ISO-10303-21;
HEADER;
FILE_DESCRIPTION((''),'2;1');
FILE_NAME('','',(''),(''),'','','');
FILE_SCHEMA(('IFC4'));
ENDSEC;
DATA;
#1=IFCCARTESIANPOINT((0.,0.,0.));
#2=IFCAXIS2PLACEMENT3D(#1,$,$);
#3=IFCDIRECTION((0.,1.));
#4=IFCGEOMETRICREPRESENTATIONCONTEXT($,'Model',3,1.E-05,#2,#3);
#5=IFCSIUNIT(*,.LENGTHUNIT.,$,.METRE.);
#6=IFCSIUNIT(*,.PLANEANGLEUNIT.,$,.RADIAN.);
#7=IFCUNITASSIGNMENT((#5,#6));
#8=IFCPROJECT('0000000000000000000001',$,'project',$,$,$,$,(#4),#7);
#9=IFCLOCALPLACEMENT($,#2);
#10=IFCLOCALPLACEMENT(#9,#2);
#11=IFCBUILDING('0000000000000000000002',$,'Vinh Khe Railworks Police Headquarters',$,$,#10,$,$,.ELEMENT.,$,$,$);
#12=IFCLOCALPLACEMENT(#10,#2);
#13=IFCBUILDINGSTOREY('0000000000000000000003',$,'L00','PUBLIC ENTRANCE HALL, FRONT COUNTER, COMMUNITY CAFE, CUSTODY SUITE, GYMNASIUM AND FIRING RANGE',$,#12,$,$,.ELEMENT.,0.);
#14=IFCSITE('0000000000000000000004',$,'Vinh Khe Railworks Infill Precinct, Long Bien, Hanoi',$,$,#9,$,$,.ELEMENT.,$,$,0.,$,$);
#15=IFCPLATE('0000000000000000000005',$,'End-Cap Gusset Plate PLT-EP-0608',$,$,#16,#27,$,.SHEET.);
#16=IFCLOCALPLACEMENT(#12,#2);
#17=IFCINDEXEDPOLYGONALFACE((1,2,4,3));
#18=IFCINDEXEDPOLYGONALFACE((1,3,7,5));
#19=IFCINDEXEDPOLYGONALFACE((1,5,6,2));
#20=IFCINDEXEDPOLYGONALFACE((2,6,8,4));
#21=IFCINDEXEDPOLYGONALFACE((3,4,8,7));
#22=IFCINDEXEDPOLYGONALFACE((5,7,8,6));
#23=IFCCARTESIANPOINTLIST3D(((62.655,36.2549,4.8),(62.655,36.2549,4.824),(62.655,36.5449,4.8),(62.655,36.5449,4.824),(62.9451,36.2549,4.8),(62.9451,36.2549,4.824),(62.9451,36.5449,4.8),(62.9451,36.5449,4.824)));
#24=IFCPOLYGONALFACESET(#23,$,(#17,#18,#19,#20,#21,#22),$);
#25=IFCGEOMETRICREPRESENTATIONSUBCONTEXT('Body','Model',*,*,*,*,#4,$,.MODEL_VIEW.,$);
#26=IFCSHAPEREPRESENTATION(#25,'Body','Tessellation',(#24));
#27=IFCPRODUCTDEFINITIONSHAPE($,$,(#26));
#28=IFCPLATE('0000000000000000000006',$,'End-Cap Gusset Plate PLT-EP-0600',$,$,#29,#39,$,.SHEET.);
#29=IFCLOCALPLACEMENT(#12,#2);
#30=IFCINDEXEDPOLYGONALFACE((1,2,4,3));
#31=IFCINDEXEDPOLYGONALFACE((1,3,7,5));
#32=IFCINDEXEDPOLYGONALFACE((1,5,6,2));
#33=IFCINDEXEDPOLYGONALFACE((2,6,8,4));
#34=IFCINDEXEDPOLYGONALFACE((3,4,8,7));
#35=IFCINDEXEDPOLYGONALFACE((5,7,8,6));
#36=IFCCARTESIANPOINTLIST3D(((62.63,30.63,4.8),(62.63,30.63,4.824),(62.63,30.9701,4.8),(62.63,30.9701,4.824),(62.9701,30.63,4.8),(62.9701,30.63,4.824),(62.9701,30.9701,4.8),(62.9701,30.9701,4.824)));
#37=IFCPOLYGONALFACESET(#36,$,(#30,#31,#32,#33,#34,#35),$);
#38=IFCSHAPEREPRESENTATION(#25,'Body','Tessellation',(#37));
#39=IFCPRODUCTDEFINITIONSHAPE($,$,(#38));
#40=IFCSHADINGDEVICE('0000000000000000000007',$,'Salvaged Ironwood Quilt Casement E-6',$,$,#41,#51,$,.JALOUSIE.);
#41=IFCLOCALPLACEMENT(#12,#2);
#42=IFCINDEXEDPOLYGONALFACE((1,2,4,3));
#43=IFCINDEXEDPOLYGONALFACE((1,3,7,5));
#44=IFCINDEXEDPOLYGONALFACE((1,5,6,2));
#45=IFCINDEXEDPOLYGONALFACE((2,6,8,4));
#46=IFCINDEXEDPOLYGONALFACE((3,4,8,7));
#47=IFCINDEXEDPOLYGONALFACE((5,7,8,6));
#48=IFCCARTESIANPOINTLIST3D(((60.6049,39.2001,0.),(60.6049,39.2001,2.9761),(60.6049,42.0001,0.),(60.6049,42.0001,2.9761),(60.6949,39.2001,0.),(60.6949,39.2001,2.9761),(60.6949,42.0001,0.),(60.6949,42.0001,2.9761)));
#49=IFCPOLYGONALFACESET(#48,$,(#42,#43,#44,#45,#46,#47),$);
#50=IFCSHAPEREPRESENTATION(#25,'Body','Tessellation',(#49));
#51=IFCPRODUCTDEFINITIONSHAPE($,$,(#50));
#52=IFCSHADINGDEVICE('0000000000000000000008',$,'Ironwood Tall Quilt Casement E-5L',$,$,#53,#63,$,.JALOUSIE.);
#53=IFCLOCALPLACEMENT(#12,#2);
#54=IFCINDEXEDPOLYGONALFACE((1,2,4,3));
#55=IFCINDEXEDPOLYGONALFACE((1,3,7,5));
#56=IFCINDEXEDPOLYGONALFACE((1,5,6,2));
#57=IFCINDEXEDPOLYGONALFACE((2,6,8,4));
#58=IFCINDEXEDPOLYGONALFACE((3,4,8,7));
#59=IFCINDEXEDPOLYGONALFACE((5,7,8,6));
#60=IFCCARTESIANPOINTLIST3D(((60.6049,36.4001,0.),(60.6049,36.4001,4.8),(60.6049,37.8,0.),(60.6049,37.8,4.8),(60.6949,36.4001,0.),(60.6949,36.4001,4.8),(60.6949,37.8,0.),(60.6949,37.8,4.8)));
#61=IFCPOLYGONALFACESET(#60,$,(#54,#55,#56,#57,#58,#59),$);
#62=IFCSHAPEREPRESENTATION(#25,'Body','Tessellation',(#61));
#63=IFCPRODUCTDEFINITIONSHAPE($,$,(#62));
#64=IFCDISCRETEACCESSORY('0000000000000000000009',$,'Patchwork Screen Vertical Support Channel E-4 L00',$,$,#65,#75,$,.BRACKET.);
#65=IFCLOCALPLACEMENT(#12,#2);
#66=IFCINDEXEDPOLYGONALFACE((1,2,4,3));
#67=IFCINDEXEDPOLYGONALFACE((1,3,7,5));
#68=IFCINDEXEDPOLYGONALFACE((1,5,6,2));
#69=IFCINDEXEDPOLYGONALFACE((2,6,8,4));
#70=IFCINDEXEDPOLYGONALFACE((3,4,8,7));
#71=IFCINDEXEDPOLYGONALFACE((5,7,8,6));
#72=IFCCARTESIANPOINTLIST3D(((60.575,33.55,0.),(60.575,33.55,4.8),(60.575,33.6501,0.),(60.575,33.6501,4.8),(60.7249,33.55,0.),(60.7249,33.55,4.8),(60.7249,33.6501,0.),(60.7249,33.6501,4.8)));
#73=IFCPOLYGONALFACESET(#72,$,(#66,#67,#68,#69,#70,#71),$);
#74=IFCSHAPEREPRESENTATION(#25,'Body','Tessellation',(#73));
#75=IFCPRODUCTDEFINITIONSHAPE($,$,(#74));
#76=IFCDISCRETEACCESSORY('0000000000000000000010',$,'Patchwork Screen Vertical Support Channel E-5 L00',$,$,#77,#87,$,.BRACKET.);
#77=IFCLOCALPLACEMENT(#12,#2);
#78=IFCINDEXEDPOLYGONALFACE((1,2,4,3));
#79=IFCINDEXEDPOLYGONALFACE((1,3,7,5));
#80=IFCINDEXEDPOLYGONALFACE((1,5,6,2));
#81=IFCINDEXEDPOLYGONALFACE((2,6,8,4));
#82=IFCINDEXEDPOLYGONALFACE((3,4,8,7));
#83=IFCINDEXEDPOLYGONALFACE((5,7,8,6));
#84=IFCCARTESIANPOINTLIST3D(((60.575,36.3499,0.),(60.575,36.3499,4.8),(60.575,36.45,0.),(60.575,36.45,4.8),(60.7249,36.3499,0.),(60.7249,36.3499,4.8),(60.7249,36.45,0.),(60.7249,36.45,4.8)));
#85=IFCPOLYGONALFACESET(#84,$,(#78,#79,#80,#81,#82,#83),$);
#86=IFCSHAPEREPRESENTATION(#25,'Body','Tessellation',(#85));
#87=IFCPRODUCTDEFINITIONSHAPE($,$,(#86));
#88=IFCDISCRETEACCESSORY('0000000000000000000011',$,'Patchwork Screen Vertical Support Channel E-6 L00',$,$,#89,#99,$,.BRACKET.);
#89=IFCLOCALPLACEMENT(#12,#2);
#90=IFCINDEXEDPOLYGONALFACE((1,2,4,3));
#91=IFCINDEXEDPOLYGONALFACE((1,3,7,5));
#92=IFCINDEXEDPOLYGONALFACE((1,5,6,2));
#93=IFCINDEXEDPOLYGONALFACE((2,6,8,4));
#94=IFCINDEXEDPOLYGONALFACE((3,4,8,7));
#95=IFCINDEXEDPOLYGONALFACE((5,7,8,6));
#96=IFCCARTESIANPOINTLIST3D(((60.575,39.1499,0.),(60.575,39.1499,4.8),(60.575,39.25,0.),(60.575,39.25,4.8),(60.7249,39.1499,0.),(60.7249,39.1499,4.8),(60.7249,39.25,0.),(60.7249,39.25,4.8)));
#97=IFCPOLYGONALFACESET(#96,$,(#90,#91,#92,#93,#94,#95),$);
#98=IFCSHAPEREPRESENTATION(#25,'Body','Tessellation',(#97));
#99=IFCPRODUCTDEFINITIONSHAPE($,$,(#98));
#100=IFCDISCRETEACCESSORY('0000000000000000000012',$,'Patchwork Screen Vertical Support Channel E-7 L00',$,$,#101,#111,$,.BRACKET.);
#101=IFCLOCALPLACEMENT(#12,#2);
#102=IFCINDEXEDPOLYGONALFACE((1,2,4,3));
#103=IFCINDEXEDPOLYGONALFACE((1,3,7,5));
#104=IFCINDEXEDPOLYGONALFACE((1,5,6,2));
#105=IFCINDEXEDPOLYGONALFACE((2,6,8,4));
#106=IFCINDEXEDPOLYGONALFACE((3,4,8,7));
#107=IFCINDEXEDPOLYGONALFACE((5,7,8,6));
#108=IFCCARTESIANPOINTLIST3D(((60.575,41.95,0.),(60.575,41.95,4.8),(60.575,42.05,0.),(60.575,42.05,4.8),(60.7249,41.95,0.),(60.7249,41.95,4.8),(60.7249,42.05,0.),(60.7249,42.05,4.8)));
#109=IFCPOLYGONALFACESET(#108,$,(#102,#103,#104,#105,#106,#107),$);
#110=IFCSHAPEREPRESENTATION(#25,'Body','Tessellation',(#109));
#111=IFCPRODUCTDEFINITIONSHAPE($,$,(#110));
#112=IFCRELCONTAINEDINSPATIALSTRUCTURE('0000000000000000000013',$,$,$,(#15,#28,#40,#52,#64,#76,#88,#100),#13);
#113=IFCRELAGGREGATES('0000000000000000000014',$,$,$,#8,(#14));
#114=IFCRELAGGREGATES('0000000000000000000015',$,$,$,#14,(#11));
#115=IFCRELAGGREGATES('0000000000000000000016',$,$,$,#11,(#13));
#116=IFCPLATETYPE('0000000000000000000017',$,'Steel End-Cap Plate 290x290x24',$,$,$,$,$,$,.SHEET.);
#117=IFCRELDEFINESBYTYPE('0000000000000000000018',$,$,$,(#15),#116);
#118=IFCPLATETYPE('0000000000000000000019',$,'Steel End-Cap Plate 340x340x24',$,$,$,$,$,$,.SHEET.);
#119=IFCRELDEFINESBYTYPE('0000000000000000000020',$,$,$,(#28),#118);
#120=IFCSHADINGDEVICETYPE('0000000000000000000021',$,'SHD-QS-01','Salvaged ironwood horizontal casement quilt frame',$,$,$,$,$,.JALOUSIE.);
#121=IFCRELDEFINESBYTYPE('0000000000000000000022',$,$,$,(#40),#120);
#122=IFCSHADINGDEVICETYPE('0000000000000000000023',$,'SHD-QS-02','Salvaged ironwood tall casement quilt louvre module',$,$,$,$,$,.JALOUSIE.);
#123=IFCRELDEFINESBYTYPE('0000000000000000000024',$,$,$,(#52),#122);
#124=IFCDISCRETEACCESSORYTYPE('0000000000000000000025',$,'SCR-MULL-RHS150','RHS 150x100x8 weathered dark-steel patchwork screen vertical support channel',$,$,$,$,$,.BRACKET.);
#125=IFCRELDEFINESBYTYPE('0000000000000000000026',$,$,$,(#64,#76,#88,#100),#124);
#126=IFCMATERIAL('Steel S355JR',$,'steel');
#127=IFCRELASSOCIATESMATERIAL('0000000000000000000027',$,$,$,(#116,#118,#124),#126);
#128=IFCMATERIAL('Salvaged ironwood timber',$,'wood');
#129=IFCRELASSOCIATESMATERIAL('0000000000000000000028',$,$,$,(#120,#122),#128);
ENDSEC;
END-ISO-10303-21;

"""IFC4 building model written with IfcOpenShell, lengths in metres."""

from ifc_helpers import new_model, si_unit, direction, frame, origin, origin_2d, place, context, subcontext, project, spatial, rectangle, extrude, material, material_profile, profile_set, type_object, element, save


model = new_model("IFC4")

# Units and contexts
model_context = context("Model", 3, precision=1e-05, world=origin(), true_north=direction((0.0, 1.0)))
body_context = subcontext(model_context, "Body", "Model", "MODEL_VIEW")
ifc_project = project(units=[si_unit("LENGTHUNIT", "METRE"), si_unit("PLANEANGLEUNIT", "RADIAN")], contexts=[model_context])

# Site, building, storey
site_placement = place(None, origin())
site = spatial("IfcSite", under=ifc_project, at=site_placement, Name="Vinh Khe Railworks Infill Precinct, Long Bien, Hanoi", CompositionType="ELEMENT", RefElevation=0.0)
building_placement = place(site_placement, origin())
building = spatial("IfcBuilding", under=site, at=building_placement, Name="Vinh Khe Railworks Police Headquarters", CompositionType="ELEMENT")
storey_placement = place(building_placement, origin())
storey = spatial("IfcBuildingStorey", under=building, at=storey_placement, Name="L00", Description="PUBLIC ENTRANCE HALL, FRONT COUNTER, COMMUNITY CAFE, CUSTODY SUITE, GYMNASIUM AND FIRING RANGE", CompositionType="ELEMENT", Elevation=0.0)

# Shared definitions
ifc_material_1 = material(Name="Steel S355JR", Category="steel")

# Shared definitions
ifc_material_2 = material(Name="Salvaged ironwood timber", Category="wood")

# Plates
ifc_material_profile_1 = material_profile(ifc_material_1, rectangle(XDim=0.29, YDim=0.29, at=origin_2d()), Name="PL 290x290")
ifc_profile_set_1 = profile_set([ifc_material_profile_1], Name="Steel S355JR")
plate_type_1 = type_object("IfcPlateType", Name="Steel End-Cap Plate 290x290x24", PredefinedType="SHEET", material=ifc_profile_set_1)
for number, where, z_axis, x_axis, name in (
    (1, (62.8, 36.3999, 4.8), (0.0, 0.0, 1.0), (1.0, 0.0, 0.0), "End-Cap Gusset Plate PLT-EP-0608"),
):
    element("IfcPlate", number, at=place(storey_placement, frame(where, z_axis=z_axis, x_axis=x_axis)), inside=storey, type_object=plate_type_1, Name=name, PredefinedType="SHEET", context=body_context, shape_type="SweptSolid", body=[
        extrude(rectangle(XDim=0.29, YDim=0.29, at=origin_2d()), origin(), (0.0, 0.0, 1.0), 0.0239),
    ])
ifc_material_profile_2 = material_profile(ifc_material_1, rectangle(XDim=0.3401, YDim=0.3401, at=origin_2d()), Name="PL 340x340")
ifc_profile_set_2 = profile_set([ifc_material_profile_2], Name="Steel S355JR")
plate_type_2 = type_object("IfcPlateType", Name="Steel End-Cap Plate 340x340x24", PredefinedType="SHEET", material=ifc_profile_set_2)
plate_1_placement = place(storey_placement, frame((62.8, 30.8, 4.8), z_axis=(0.0, 0.0, 1.0), x_axis=(1.0, 0.0, 0.0)))
element("IfcPlate", 2, at=plate_1_placement, inside=storey, type_object=plate_type_2, Name="End-Cap Gusset Plate PLT-EP-0600", PredefinedType="SHEET", context=body_context, shape_type="SweptSolid", body=[
    extrude(rectangle(XDim=0.3401, YDim=0.3401, at=origin_2d()), origin(), (0.0, 0.0, 1.0), 0.0239),
])

# Shading devices
shading_device_type_1 = type_object("IfcShadingDeviceType", Name="SHD-QS-01", Description="Salvaged ironwood horizontal casement quilt frame", PredefinedType="JALOUSIE", material=ifc_material_2)
shading_device_1_placement = place(storey_placement, frame((60.6499, 40.6001, 0.0), z_axis=(0.0, 0.0, 1.0), x_axis=(0.0, 1.0, 0.0)))
element("IfcShadingDevice", 3, at=shading_device_1_placement, inside=storey, type_object=shading_device_type_1, Name="Salvaged Ironwood Quilt Casement E-6", PredefinedType="JALOUSIE", context=body_context, shape_type="SweptSolid", body=[
    extrude(rectangle(XDim=2.8, YDim=0.0901, at=origin_2d()), origin(), (0.0, 0.0, 1.0), 2.9761),
])
shading_device_type_2 = type_object("IfcShadingDeviceType", Name="SHD-QS-02", Description="Salvaged ironwood tall casement quilt louvre module", PredefinedType="JALOUSIE", material=ifc_material_2)
shading_device_2_placement = place(storey_placement, frame((60.6499, 37.1001, 0.0), z_axis=(0.0, 0.0, 1.0), x_axis=(0.0, 1.0, 0.0)))
element("IfcShadingDevice", 4, at=shading_device_2_placement, inside=storey, type_object=shading_device_type_2, Name="Ironwood Tall Quilt Casement E-5L", PredefinedType="JALOUSIE", context=body_context, shape_type="SweptSolid", body=[
    extrude(rectangle(XDim=1.3999, YDim=0.0901, at=origin_2d()), origin(), (0.0, 0.0, 1.0), 4.8),
])

# Discrete accessories
discrete_accessory_type = type_object("IfcDiscreteAccessoryType", Name="SCR-MULL-RHS150", Description="RHS 150x100x8 weathered dark-steel patchwork screen vertical support channel", PredefinedType="BRACKET", material=ifc_material_1)
for number, where, z_axis, x_axis, name in (
    (5, (60.6499, 33.6001, 0.0), (0.0, 0.0, 1.0), (1.0, 0.0, 0.0), "Patchwork Screen Vertical Support Channel E-4 L00"),
    (6, (60.6499, 36.3999, 0.0), (0.0, 0.0, 1.0), (1.0, 0.0, 0.0), "Patchwork Screen Vertical Support Channel E-5 L00"),
    (7, (60.6499, 39.2, 0.0), (0.0, 0.0, 1.0), (1.0, 0.0, 0.0), "Patchwork Screen Vertical Support Channel E-6 L00"),
    (8, (60.6499, 42.0, 0.0), (0.0, 0.0, 1.0), (1.0, 0.0, 0.0), "Patchwork Screen Vertical Support Channel E-7 L00"),
):
    element("IfcDiscreteAccessory", number, at=place(storey_placement, frame(where, z_axis=z_axis, x_axis=x_axis)), inside=storey, type_object=discrete_accessory_type, Name=name, PredefinedType="BRACKET", context=body_context, shape_type="SweptSolid", body=[
        extrude(rectangle(XDim=0.1499, YDim=0.1001, at=origin_2d()), origin(), (0.0, 0.0, 1.0), 4.8),
    ])

save(model, "model.ifc")
